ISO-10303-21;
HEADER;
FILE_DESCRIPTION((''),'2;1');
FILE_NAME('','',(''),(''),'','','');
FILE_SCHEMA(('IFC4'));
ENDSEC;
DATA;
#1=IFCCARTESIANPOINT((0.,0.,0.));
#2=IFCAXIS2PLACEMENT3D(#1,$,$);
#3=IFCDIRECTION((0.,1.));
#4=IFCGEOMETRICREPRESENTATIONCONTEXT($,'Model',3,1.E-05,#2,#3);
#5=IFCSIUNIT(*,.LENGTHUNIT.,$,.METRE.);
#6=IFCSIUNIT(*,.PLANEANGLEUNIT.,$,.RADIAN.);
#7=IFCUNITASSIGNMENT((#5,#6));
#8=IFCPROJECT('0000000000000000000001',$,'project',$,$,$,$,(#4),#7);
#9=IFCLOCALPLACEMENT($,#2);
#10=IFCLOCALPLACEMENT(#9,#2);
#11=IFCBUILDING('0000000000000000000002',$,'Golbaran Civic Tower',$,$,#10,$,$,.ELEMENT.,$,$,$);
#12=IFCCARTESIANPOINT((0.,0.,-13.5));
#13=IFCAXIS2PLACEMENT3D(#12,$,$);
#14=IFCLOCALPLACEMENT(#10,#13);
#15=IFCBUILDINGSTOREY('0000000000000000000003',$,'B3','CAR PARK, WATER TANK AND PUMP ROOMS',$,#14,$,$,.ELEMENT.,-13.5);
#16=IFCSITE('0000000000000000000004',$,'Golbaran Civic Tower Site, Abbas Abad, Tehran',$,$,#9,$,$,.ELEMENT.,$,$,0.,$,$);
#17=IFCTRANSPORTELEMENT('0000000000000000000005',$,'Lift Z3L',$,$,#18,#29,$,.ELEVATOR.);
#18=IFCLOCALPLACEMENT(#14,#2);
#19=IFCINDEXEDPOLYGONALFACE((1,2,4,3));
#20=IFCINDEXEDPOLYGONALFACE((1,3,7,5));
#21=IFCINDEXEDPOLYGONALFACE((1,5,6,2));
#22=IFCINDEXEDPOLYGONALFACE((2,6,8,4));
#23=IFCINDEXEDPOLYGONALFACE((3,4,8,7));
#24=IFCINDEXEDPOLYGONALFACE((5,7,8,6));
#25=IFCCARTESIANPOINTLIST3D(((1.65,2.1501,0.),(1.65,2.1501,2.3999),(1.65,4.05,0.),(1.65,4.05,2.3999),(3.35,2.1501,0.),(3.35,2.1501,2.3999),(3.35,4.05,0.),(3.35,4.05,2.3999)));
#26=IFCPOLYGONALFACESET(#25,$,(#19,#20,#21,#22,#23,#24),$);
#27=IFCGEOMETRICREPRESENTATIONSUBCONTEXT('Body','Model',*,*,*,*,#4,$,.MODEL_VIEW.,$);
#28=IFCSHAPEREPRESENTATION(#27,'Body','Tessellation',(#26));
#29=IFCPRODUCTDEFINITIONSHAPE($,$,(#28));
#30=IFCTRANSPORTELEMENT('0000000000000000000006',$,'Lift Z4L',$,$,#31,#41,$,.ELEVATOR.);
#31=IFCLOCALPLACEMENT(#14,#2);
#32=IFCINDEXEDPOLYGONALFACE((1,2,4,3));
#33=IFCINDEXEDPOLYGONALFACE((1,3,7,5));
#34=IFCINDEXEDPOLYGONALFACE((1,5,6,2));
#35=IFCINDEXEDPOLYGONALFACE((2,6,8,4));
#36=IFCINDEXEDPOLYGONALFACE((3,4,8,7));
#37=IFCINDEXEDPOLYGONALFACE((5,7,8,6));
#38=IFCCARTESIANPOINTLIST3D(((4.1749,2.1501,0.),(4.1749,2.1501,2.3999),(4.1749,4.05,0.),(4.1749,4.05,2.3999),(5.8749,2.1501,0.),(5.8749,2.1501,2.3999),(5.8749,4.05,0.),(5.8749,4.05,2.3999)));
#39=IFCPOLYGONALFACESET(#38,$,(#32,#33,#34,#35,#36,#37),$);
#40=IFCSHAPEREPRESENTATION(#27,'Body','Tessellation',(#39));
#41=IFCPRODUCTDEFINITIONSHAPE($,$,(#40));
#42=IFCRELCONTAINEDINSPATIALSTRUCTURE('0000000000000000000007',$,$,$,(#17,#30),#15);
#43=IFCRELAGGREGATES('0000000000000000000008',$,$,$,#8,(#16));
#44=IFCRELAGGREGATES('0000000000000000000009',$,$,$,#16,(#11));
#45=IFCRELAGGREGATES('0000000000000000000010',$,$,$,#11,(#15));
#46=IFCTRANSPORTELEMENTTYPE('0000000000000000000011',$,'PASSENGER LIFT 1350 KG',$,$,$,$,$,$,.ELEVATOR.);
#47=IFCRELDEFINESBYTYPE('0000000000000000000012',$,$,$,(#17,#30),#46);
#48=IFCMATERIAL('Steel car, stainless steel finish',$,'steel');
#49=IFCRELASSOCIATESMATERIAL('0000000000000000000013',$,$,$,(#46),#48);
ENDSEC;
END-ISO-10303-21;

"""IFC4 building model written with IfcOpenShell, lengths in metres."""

from ifc_helpers import new_model, si_unit, direction, frame, origin, origin_2d, place, context, subcontext, project, spatial, rectangle, extrude, material, type_object, element, save


model = new_model("IFC4")

# Units and contexts
model_context = context("Model", 3, precision=1e-05, world=origin(), true_north=direction((0.0, 1.0)))
body_context = subcontext(model_context, "Body", "Model", "MODEL_VIEW")
ifc_project = project(units=[si_unit("LENGTHUNIT", "METRE"), si_unit("PLANEANGLEUNIT", "RADIAN")], contexts=[model_context])

# Site, building, storey
site_placement = place(None, origin())
site = spatial("IfcSite", under=ifc_project, at=site_placement, Name="Golbaran Civic Tower Site, Abbas Abad, Tehran", CompositionType="ELEMENT", RefElevation=0.0)
building_placement = place(site_placement, origin())
building = spatial("IfcBuilding", under=site, at=building_placement, Name="Golbaran Civic Tower", CompositionType="ELEMENT")
storey_placement = place(building_placement, frame((0.0, 0.0, -13.5)))
storey = spatial("IfcBuildingStorey", under=building, at=storey_placement, Name="B3", Description="CAR PARK, WATER TANK AND PUMP ROOMS", CompositionType="ELEMENT", Elevation=-13.5)

# Transport elements
ifc_material_1 = material(Name="Steel car, stainless steel finish", Category="steel")
transport_element_type = type_object("IfcTransportElementType", Name="PASSENGER LIFT 1350 KG", PredefinedType="ELEVATOR", material=ifc_material_1)
for number, where, z_axis, x_axis, name in (
    (1, (2.5, 3.1001, 0.0), (0.0, 0.0, 1.0), (1.0, 0.0, 0.0), "Lift Z3L"),
    (2, (5.0249, 3.1001, 0.0), (0.0, 0.0, 1.0), (1.0, 0.0, 0.0), "Lift Z4L"),
):
    element("IfcTransportElement", number, at=place(storey_placement, frame(where, z_axis=z_axis, x_axis=x_axis)), inside=storey, type_object=transport_element_type, Name=name, PredefinedType="ELEVATOR", context=body_context, shape_type="SweptSolid", body=[
        extrude(rectangle(XDim=1.7, YDim=1.8999, at=origin_2d()), origin(), (0.0, 0.0, 1.0), 2.3999),
    ])

save(model, "model.ifc")
